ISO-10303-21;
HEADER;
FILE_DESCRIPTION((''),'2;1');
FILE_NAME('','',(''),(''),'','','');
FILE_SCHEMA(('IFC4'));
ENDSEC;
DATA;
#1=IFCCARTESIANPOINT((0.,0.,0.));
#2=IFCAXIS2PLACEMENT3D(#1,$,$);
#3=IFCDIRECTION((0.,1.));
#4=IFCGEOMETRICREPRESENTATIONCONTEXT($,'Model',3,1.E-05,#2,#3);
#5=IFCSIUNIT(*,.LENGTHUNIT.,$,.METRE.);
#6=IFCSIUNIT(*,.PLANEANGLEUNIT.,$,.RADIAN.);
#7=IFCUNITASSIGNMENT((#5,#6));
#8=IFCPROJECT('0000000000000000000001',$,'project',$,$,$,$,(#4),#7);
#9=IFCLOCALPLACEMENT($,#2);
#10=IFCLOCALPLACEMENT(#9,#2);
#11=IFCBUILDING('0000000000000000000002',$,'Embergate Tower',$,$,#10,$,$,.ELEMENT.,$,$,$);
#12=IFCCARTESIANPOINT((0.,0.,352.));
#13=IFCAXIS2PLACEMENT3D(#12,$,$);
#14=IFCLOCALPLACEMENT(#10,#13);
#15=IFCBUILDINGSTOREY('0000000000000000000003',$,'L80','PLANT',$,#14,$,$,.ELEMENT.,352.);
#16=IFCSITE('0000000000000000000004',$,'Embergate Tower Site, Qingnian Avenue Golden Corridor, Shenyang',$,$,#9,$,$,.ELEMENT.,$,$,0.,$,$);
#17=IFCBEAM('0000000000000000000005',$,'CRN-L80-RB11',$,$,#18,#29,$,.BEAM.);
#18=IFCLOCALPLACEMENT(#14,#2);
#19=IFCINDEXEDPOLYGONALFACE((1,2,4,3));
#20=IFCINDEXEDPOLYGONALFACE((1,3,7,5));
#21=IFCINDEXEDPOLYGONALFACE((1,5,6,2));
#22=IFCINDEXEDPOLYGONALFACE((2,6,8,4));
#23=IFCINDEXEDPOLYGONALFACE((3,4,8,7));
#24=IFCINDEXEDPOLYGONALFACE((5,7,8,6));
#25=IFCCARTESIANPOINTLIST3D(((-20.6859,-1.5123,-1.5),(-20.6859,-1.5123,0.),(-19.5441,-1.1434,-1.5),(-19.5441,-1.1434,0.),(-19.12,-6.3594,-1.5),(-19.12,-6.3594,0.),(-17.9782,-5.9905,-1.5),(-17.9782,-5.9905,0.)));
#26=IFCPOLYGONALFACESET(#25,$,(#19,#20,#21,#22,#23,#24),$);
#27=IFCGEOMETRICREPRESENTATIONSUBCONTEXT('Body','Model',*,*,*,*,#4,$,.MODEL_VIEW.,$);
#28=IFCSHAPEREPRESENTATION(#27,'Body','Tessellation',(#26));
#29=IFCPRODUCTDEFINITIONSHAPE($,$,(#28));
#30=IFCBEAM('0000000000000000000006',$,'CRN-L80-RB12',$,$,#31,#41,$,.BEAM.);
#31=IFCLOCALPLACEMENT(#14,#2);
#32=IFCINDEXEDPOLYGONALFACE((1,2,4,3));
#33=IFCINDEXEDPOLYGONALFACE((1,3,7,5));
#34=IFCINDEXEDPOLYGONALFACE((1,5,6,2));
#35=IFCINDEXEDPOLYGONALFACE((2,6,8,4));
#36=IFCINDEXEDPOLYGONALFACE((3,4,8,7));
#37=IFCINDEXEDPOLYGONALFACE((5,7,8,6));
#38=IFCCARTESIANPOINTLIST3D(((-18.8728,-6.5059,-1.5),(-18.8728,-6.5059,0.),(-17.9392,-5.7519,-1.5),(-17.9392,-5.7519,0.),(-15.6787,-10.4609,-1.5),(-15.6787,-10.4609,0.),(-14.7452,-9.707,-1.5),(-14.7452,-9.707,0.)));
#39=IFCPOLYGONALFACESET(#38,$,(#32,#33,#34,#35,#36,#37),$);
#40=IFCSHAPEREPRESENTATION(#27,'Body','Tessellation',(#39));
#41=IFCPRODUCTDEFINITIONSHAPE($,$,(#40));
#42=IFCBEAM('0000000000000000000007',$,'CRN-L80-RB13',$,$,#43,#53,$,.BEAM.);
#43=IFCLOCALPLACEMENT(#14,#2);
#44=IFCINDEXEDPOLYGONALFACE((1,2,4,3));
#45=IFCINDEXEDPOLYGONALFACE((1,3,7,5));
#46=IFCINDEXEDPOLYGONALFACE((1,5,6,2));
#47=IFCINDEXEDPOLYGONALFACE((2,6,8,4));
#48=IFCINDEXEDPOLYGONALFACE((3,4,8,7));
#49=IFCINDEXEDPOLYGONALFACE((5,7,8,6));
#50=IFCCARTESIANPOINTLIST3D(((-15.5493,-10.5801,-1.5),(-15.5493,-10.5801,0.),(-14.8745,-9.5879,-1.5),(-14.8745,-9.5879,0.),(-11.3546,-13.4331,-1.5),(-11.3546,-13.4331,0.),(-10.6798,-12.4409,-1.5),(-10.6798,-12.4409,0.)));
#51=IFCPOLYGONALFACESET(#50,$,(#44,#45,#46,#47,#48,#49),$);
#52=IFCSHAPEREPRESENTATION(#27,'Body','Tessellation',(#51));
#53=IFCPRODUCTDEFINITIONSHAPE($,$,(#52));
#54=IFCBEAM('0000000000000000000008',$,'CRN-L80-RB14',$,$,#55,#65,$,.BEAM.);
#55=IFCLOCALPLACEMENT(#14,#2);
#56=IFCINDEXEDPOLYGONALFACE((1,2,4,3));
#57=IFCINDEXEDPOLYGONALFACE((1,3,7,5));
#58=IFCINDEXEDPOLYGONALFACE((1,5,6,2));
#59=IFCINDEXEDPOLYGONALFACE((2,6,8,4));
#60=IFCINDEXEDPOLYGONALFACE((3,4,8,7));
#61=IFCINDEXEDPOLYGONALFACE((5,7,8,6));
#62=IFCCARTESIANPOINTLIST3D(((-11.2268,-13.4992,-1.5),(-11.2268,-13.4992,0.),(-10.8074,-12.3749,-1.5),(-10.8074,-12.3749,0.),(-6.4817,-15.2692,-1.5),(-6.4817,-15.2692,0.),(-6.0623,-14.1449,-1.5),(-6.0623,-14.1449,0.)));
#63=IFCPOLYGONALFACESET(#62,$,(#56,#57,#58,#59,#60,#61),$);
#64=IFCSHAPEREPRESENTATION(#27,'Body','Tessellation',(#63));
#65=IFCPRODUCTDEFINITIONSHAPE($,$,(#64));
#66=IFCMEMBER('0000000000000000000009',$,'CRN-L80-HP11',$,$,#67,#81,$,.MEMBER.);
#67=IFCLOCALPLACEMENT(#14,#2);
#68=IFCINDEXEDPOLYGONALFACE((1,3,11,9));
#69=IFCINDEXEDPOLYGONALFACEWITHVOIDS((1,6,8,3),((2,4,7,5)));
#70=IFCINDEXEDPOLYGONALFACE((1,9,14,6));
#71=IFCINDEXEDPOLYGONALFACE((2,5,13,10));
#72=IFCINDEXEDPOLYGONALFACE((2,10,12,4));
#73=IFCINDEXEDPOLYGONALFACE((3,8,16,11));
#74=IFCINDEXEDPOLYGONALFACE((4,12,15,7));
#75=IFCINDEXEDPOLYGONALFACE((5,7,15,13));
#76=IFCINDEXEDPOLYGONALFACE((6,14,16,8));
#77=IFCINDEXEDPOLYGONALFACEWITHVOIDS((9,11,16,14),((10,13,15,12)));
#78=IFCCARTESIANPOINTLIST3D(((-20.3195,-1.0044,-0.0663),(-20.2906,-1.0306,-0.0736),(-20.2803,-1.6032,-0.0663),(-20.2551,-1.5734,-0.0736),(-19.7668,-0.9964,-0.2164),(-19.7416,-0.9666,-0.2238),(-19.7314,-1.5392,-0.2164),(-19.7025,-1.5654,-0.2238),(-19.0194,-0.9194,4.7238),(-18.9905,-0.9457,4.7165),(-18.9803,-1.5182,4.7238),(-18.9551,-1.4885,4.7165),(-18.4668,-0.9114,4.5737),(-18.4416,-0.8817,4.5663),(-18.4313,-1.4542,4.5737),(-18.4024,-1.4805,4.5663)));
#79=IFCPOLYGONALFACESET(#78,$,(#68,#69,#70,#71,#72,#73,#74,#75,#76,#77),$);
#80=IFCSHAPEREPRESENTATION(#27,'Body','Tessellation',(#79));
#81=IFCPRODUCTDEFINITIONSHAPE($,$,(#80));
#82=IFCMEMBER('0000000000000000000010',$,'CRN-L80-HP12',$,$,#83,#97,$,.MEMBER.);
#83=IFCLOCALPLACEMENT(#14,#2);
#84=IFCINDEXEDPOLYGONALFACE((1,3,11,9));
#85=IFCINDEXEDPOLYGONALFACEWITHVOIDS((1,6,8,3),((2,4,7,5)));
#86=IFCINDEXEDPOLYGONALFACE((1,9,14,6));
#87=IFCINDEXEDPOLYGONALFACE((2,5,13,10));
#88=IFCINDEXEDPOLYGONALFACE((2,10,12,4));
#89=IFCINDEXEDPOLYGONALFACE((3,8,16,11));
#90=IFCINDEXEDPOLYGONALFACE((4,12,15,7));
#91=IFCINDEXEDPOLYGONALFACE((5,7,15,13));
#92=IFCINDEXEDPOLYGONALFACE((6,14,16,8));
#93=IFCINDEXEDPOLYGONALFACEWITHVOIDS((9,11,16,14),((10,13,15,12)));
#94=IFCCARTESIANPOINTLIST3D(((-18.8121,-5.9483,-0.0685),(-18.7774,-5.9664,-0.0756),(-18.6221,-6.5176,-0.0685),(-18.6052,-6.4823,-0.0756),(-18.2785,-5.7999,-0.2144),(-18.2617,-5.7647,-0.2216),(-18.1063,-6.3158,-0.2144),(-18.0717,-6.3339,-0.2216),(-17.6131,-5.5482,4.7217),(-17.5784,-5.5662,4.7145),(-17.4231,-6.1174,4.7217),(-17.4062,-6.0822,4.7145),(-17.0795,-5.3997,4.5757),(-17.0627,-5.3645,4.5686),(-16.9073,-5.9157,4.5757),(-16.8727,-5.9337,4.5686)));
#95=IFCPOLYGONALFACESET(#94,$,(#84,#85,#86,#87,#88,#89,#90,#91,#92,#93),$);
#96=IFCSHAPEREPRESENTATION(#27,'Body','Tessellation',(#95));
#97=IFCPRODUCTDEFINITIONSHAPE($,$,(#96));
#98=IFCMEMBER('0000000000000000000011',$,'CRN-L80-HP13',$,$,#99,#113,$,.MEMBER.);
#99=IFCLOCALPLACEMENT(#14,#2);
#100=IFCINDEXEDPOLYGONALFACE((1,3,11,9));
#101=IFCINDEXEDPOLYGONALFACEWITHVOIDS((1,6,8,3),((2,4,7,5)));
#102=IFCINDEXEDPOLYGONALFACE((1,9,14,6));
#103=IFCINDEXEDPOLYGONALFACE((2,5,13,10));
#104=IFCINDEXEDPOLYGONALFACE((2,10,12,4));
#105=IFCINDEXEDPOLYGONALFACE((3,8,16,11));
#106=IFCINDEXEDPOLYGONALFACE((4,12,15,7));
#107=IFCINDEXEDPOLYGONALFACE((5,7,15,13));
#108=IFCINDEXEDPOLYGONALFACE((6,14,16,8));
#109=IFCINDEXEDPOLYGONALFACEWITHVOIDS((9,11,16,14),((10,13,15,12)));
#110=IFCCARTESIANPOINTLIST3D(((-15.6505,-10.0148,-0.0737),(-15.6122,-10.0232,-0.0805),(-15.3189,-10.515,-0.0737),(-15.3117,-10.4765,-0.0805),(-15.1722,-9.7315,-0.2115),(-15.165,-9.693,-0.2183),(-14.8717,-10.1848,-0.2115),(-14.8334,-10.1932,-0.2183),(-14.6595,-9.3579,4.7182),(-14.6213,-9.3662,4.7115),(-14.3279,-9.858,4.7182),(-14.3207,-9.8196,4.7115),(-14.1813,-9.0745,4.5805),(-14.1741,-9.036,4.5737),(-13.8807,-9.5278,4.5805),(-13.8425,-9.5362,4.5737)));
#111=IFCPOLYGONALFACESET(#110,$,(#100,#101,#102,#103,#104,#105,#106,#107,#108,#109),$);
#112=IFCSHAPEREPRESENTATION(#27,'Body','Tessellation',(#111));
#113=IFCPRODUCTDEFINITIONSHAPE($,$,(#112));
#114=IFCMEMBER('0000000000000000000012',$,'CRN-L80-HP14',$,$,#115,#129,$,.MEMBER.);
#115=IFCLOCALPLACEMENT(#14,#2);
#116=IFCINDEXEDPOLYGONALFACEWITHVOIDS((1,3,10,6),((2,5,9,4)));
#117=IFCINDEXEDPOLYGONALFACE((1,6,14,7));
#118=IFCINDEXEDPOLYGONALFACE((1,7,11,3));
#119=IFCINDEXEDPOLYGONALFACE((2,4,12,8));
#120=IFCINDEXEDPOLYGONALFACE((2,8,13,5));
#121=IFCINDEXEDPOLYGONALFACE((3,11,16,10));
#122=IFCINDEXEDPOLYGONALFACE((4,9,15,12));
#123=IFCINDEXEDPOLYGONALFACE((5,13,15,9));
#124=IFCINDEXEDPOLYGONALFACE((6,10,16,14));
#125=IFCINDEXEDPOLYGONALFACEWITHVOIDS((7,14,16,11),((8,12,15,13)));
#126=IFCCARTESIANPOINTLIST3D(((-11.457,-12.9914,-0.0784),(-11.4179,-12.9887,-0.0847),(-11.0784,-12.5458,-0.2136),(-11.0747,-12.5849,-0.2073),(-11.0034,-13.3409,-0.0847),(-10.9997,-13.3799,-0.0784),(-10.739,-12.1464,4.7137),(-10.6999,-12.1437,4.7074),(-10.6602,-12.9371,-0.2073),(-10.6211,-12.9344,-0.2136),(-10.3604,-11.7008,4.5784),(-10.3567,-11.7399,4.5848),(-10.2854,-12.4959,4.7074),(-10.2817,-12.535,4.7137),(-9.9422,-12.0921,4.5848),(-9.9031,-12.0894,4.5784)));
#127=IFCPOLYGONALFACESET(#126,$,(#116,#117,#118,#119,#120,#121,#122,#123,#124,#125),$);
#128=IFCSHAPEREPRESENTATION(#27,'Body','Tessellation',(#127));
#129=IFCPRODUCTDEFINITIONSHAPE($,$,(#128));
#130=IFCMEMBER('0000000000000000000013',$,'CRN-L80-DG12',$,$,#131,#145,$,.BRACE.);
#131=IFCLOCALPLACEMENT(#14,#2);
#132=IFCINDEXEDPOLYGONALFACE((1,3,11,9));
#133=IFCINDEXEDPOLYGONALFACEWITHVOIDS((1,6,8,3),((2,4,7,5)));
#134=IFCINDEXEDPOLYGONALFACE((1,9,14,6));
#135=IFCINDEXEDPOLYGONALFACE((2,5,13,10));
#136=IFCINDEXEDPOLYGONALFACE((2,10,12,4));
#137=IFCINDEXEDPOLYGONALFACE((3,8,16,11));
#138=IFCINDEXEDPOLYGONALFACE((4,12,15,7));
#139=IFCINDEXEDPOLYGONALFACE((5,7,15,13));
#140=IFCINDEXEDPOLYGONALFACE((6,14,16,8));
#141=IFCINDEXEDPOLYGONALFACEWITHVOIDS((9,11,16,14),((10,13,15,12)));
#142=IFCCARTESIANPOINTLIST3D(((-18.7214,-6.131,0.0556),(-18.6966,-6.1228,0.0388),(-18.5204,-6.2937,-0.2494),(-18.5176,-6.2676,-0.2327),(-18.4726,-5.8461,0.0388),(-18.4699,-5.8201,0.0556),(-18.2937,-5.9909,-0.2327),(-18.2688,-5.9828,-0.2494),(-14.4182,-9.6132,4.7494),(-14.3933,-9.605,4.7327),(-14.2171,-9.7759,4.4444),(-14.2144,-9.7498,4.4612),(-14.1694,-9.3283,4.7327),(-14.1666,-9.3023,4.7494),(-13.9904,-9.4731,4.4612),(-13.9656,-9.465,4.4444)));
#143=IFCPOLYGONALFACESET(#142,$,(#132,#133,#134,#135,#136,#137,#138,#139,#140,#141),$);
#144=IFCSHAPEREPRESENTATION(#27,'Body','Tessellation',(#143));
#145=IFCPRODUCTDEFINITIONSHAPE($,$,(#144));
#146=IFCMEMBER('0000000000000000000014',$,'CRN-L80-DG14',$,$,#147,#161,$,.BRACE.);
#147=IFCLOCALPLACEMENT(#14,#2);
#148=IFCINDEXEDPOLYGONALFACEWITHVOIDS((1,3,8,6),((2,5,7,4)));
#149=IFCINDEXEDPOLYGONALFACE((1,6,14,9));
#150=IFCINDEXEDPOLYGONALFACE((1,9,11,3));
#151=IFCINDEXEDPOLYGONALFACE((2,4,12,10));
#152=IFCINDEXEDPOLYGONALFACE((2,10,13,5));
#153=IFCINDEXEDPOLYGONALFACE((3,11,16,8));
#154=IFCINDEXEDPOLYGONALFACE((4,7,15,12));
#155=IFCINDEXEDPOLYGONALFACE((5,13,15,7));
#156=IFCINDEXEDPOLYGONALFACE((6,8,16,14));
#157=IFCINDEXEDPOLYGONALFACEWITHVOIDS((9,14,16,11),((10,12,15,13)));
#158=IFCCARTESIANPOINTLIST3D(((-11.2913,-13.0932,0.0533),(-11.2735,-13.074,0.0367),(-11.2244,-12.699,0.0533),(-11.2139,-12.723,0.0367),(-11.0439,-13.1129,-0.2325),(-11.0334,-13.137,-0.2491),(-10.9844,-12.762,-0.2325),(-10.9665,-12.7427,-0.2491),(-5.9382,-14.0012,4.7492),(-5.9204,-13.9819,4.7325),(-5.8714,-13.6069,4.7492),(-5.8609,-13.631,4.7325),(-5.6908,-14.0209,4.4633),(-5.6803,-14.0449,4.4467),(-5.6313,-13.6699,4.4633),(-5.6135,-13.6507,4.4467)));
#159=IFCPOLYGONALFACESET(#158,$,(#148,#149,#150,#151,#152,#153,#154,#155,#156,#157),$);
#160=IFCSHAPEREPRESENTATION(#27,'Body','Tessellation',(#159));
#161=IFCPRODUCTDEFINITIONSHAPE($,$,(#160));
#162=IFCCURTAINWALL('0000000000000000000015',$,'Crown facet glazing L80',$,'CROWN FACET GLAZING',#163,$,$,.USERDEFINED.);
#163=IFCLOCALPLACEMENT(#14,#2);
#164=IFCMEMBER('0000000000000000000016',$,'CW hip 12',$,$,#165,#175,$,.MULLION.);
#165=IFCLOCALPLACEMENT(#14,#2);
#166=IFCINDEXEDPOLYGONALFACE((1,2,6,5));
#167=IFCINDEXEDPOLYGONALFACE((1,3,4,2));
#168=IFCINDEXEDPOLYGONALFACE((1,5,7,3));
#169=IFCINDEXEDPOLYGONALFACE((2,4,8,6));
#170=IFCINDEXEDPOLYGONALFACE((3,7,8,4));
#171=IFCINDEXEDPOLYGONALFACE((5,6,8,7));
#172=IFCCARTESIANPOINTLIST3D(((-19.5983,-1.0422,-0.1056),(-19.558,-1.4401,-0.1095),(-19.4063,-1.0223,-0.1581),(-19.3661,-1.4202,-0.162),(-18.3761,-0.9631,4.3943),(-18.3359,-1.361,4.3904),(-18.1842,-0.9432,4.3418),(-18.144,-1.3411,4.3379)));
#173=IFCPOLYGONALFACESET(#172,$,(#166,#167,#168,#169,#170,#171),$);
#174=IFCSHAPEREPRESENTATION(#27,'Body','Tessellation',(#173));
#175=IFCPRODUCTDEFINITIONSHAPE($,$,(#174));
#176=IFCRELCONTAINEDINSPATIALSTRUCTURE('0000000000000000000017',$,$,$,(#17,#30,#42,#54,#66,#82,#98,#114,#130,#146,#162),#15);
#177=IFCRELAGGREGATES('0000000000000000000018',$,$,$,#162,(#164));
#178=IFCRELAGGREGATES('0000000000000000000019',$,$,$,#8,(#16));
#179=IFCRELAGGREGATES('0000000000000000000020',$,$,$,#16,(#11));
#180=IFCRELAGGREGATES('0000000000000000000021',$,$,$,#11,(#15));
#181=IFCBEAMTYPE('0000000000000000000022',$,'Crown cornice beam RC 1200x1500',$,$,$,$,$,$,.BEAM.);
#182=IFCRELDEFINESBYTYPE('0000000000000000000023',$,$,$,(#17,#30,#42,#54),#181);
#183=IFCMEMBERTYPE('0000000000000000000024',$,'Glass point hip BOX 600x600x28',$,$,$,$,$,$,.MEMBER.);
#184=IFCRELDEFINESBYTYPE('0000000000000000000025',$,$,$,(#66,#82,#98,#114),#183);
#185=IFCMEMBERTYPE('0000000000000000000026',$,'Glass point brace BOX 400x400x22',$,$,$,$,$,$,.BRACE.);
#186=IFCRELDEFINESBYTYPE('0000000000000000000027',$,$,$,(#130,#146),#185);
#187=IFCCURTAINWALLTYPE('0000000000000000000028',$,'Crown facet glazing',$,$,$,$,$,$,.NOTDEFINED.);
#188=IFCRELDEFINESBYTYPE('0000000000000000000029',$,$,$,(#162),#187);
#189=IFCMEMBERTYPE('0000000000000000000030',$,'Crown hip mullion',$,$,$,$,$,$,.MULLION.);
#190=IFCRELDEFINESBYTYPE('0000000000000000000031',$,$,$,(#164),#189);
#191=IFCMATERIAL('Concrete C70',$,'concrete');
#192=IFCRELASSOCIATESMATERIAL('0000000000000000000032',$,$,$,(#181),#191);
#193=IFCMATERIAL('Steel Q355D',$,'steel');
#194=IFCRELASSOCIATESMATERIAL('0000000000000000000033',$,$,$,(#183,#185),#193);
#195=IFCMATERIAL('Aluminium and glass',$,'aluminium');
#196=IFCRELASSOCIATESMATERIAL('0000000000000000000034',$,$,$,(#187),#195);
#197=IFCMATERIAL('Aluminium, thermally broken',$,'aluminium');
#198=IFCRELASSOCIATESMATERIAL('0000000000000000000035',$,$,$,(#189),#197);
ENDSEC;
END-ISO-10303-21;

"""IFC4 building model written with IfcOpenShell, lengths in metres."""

from ifc_helpers import new_model, si_unit, direction, frame, origin, origin_2d, place, context, subcontext, project, spatial, rectangle, hollow_rectangle, extrude, source, transform, mapped, material, material_profile, profile_set, type_object, element, aggregate, save


model = new_model("IFC4")

# Units and contexts
model_context = context("Model", 3, precision=1e-05, world=origin(), true_north=direction((0.0, 1.0)))
body_context = subcontext(model_context, "Body", "Model", "MODEL_VIEW")
ifc_project = project(units=[si_unit("LENGTHUNIT", "METRE"), si_unit("PLANEANGLEUNIT", "RADIAN")], contexts=[model_context])

# Site, building, storey
site_placement = place(None, origin())
site = spatial("IfcSite", under=ifc_project, at=site_placement, Name="Embergate Tower Site, Qingnian Avenue Golden Corridor, Shenyang", CompositionType="ELEMENT", RefElevation=0.0)
building_placement = place(site_placement, origin())
building = spatial("IfcBuilding", under=site, at=building_placement, Name="Embergate Tower", CompositionType="ELEMENT")
storey_placement = place(building_placement, frame((0.0, 0.0, 352.0)))
storey = spatial("IfcBuildingStorey", under=building, at=storey_placement, Name="L80", Description="PLANT", CompositionType="ELEMENT", Elevation=352.0)

# Beams
ifc_material_1 = material(Name="Concrete C70", Category="concrete")
ifc_material_profile_1 = material_profile(ifc_material_1, rectangle(XDim=1.2, YDim=1.5, at=origin_2d()), Name="RC 1200x1500")
ifc_profile_set_1 = profile_set([ifc_material_profile_1], Name="Concrete C70")
beam_type = type_object("IfcBeamType", Name="Crown cornice beam RC 1200x1500", PredefinedType="BEAM", material=ifc_profile_set_1)
shared_shape_1 = source(origin(), body_context, "Body", "SweptSolid", [
    extrude(rectangle(XDim=1.2, YDim=1.5, at=origin_2d()), origin(), (0.0, 0.0, 1.0), 5.0938),
])
beam_1_placement = place(storey_placement, frame((-20.115, -1.3279, -0.75), z_axis=(0.307414, -0.951576, 0.0), x_axis=(0.951576, 0.307414, 0.0)))
element("IfcBeam", 1, at=beam_1_placement, inside=storey, type_object=beam_type, Name="CRN-L80-RB11", PredefinedType="BEAM", context=body_context, shape_type="MappedRepresentation", body=[
    mapped(shared_shape_1, transform((0.0, 0.0, 0.0))),
])
shared_shape_2 = source(origin(), body_context, "Body", "SweptSolid", [
    extrude(rectangle(XDim=1.2, YDim=1.5, at=origin_2d()), origin(), (0.0, 0.0, 1.0), 5.0837),
])
beam_2_placement = place(storey_placement, frame((-18.406, -6.1289, -0.75), z_axis=(0.62829, -0.777979, 0.0), x_axis=(0.777979, 0.62829, 0.0)))
element("IfcBeam", 2, at=beam_2_placement, inside=storey, type_object=beam_type, Name="CRN-L80-RB12", PredefinedType="BEAM", context=body_context, shape_type="MappedRepresentation", body=[
    mapped(shared_shape_2, transform((0.0, 0.0, 0.0))),
])
shared_shape_3 = source(origin(), body_context, "Body", "SweptSolid", [
    extrude(rectangle(XDim=1.2, YDim=1.5, at=origin_2d()), origin(), (0.0, 0.0, 1.0), 5.073),
])
beam_3_placement = place(storey_placement, frame((-15.2119, -10.084, -0.75), z_axis=(0.826876, -0.562384, 0.0), x_axis=(0.562384, 0.826876, 0.0)))
element("IfcBeam", 3, at=beam_3_placement, inside=storey, type_object=beam_type, Name="CRN-L80-RB13", PredefinedType="BEAM", context=body_context, shape_type="MappedRepresentation", body=[
    mapped(shared_shape_3, transform((0.0, 0.0, 0.0))),
])
shared_shape_4 = source(origin(), body_context, "Body", "SweptSolid", [
    extrude(rectangle(XDim=1.2, YDim=1.5, at=origin_2d()), origin(), (0.0, 0.0, 1.0), 5.0645),
])
beam_4_placement = place(storey_placement, frame((-11.0171, -12.937, -0.75), z_axis=(0.936938, -0.349496, 0.0), x_axis=(0.349496, 0.936938, 0.0)))
element("IfcBeam", 4, at=beam_4_placement, inside=storey, type_object=beam_type, Name="CRN-L80-RB14", PredefinedType="BEAM", context=body_context, shape_type="MappedRepresentation", body=[
    mapped(shared_shape_4, transform((0.0, 0.0, 0.0))),
])

# Members
ifc_material_2 = material(Name="Steel Q355D", Category="steel")
ifc_material_profile_2 = material_profile(ifc_material_2, hollow_rectangle(XDim=0.6001, YDim=0.6001, WallThickness=0.0281, at=origin_2d()), Name="BOX 600x600x28")
ifc_profile_set_2 = profile_set([ifc_material_profile_2], Name="Steel Q355 grade D")
member_type_1 = type_object("IfcMemberType", Name="Glass point hip BOX 600x600x28", PredefinedType="MEMBER", material=ifc_profile_set_2)
shared_shape_5 = source(origin(), body_context, "Body", "SweptSolid", [
    extrude(hollow_rectangle(XDim=0.6001, YDim=0.6001, WallThickness=0.0281, at=origin_2d()), origin(), (0.0, 0.0, 1.0), 4.9641),
])
member_1_placement = place(storey_placement, frame((-20.011, -1.2849, -0.145), z_axis=(0.261893, 0.017115, 0.964945), x_axis=(-0.065213, 0.997871, 0.0)))
element("IfcMember", 5, at=member_1_placement, inside=storey, type_object=member_type_1, Name="CRN-L80-HP11", PredefinedType="MEMBER", context=body_context, shape_type="MappedRepresentation", body=[
    mapped(shared_shape_5, transform((0.0, 0.0, 0.0))),
])
shared_shape_6 = source(origin(), body_context, "Body", "SweptSolid", [
    extrude(hollow_rectangle(XDim=0.6001, YDim=0.6001, WallThickness=0.0281, at=origin_2d()), origin(), (0.0, 0.0, 1.0), 4.9541),
])
member_2_placement = place(storey_placement, frame((-18.4419, -6.1411, -0.145), z_axis=(0.242021, 0.080772, 0.966903), x_axis=(-0.316575, 0.948567, 0.0)))
element("IfcMember", 6, at=member_2_placement, inside=storey, type_object=member_type_1, Name="CRN-L80-HP12", PredefinedType="MEMBER", context=body_context, shape_type="MappedRepresentation", body=[
    mapped(shared_shape_6, transform((0.0, 0.0, 0.0))),
])
shared_shape_7 = source(origin(), body_context, "Body", "SweptSolid", [
    extrude(hollow_rectangle(XDim=0.6001, YDim=0.6001, WallThickness=0.0281, at=origin_2d()), origin(), (0.0, 0.0, 1.0), 4.9373),
])
member_3_placement = place(storey_placement, frame((-15.2419, -10.104, -0.146), z_axis=(0.200711, 0.133065, 0.970571), x_axis=(-0.552566, 0.833469, 0.0)))
element("IfcMember", 7, at=member_3_placement, inside=storey, type_object=member_type_1, Name="CRN-L80-HP13", PredefinedType="MEMBER", context=body_context, shape_type="MappedRepresentation", body=[
    mapped(shared_shape_7, transform((0.0, 0.0, 0.0))),
])
shared_shape_8 = source(origin(), body_context, "Body", "SweptSolid", [
    extrude(hollow_rectangle(XDim=0.6001, YDim=0.6001, WallThickness=0.0281, at=origin_2d()), origin(), (0.0, 0.0, 1.0), 4.9187),
])
member_4_placement = place(storey_placement, frame((-11.0391, -12.9629, -0.146), z_axis=(0.14598, 0.171791, 0.974258), x_axis=(-0.762032, 0.64754, 0.0)))
element("IfcMember", 8, at=member_4_placement, inside=storey, type_object=member_type_1, Name="CRN-L80-HP14", PredefinedType="MEMBER", context=body_context, shape_type="MappedRepresentation", body=[
    mapped(shared_shape_8, transform((0.0, 0.0, 0.0))),
])
ifc_material_profile_3 = material_profile(ifc_material_2, hollow_rectangle(XDim=0.3999, YDim=0.3999, WallThickness=0.022, at=origin_2d()), Name="BOX 400x400x22")
ifc_profile_set_3 = profile_set([ifc_material_profile_3], Name="Steel Q355 grade D")
member_type_2 = type_object("IfcMemberType", Name="Glass point brace BOX 400x400x22", PredefinedType="BRACE", material=ifc_profile_set_3)
shared_shape_9 = source(origin(), body_context, "Body", "SweptSolid", [
    extrude(hollow_rectangle(XDim=0.3999, YDim=0.3999, WallThickness=0.022, at=origin_2d()), origin(), (0.0, 0.0, 1.0), 7.2578),
])
member_5_placement = place(storey_placement, frame((-18.4951, -6.0569, -0.0969), z_axis=(0.592911, -0.479785, 0.646733), x_axis=(0.629047, 0.777367, 0.0)))
element("IfcMember", 9, at=member_5_placement, inside=storey, type_object=member_type_2, Name="CRN-L80-DG12", PredefinedType="BRACE", context=body_context, shape_type="MappedRepresentation", body=[
    mapped(shared_shape_9, transform((0.0, 0.0, 0.0))),
])
shared_shape_10 = source(origin(), body_context, "Body", "SweptSolid", [
    extrude(hollow_rectangle(XDim=0.3999, YDim=0.3999, WallThickness=0.022, at=origin_2d()), origin(), (0.0, 0.0, 1.0), 7.1785),
])
member_6_placement = place(storey_placement, frame((-11.1289, -12.918, -0.0979), z_axis=(0.74571, -0.126484, 0.654154), x_axis=(0.167228, 0.985918, 0.0)))
element("IfcMember", 10, at=member_6_placement, inside=storey, type_object=member_type_2, Name="CRN-L80-DG14", PredefinedType="BRACE", context=body_context, shape_type="MappedRepresentation", body=[
    mapped(shared_shape_10, transform((0.0, 0.0, 0.0))),
])

# Curtain wall, member
ifc_material_3 = material(Name="Aluminium and glass", Category="aluminium")
curtain_wall_type = type_object("IfcCurtainWallType", Name="Crown facet glazing", PredefinedType="NOTDEFINED", material=ifc_material_3)
curtain_wall_placement = place(storey_placement, origin())
curtain_wall = element("IfcCurtainWall", 11, at=curtain_wall_placement, inside=storey, type_object=curtain_wall_type, Name="Crown facet glazing L80", ObjectType="CROWN FACET GLAZING", PredefinedType="USERDEFINED")
ifc_material_4 = material(Name="Aluminium, thermally broken", Category="aluminium")
ifc_material_profile_4 = material_profile(ifc_material_4, rectangle(XDim=0.2, YDim=0.3999, at=origin_2d()), Name="AL 400x200")
ifc_profile_set_4 = profile_set([ifc_material_profile_4], Name="Aluminium, thermally broken")
member_type_3 = type_object("IfcMemberType", Name="Crown hip mullion", PredefinedType="MULLION", material=ifc_profile_set_4)
shared_shape_11 = source(origin(), body_context, "Body", "SweptSolid", [
    extrude(rectangle(XDim=0.2, YDim=0.3999, at=origin_2d()), origin(), (0.0, 0.0, 1.0), 4.6636),
])
member_7_placement = place(storey_placement, frame((-19.4822, -1.2312, -0.1338), z_axis=(0.262061, 0.016961, 0.964902), x_axis=(-0.959792, -0.099658, 0.262425)))
member_7 = element("IfcMember", 12, at=member_7_placement, type_object=member_type_3, Name="CW hip 12", PredefinedType="MULLION", context=body_context, shape_type="MappedRepresentation", body=[
    mapped(shared_shape_11, transform((0.0, 0.0, 0.0))),
])
aggregate(curtain_wall, [member_7])

save(model, "model.ifc")
